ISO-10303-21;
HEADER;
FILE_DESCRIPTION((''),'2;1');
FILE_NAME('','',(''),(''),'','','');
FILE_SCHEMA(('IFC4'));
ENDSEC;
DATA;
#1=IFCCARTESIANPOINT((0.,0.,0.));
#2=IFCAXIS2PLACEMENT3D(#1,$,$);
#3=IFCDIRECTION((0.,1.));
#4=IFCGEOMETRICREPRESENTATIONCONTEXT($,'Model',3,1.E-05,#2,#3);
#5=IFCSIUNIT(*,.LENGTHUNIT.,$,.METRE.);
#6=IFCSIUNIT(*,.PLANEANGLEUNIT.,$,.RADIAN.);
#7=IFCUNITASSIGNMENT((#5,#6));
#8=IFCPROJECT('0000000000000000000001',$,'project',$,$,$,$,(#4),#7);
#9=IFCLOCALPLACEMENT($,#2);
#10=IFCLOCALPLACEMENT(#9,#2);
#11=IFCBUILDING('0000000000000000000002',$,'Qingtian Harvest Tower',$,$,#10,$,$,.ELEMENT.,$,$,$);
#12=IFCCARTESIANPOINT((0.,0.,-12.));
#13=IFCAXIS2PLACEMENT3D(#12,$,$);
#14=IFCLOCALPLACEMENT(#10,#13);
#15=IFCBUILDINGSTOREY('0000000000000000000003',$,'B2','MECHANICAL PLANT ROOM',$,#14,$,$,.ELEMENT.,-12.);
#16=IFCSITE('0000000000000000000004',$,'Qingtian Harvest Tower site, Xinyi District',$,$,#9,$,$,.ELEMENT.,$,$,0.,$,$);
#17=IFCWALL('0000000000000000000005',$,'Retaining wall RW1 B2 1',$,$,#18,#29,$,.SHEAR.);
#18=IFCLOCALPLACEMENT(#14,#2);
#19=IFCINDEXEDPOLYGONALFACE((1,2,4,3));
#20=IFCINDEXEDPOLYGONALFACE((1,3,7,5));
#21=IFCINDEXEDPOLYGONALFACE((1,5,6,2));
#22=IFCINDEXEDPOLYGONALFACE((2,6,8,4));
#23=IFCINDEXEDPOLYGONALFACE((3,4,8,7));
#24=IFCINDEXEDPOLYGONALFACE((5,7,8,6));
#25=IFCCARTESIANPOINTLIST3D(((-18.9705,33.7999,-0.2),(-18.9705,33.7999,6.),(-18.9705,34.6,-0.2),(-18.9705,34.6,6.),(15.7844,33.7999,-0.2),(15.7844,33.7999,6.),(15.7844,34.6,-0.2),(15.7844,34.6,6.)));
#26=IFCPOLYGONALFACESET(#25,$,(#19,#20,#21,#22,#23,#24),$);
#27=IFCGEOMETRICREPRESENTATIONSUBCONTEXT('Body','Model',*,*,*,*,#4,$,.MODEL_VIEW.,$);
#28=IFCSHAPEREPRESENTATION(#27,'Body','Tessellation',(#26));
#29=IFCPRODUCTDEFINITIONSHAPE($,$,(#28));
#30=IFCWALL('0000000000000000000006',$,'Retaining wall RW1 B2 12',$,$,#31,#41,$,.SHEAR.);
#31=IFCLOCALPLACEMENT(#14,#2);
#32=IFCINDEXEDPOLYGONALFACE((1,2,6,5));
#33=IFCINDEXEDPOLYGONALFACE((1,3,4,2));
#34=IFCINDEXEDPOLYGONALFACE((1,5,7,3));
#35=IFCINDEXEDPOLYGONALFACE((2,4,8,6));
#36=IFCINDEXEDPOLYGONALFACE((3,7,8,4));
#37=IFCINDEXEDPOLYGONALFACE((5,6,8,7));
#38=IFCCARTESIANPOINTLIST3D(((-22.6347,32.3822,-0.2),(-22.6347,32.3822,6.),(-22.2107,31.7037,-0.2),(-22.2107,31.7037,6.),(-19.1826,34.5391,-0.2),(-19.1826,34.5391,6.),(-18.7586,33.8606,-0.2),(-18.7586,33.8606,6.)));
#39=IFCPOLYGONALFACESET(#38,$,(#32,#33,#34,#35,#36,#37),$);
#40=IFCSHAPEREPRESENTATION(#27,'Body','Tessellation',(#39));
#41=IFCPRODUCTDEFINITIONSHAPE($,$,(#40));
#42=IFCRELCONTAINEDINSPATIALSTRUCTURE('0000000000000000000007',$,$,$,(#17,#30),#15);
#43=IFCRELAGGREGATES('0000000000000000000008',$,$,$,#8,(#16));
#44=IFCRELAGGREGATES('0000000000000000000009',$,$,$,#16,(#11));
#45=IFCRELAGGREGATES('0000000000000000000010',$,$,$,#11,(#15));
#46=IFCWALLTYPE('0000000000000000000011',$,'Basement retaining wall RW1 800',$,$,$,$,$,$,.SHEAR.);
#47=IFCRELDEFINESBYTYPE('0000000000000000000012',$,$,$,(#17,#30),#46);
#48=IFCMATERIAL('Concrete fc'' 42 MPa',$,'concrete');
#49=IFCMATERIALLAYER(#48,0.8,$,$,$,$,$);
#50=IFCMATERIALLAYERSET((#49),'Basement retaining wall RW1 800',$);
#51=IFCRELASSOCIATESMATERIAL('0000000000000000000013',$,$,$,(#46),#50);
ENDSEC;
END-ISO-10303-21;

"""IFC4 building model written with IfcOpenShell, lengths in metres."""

from ifc_helpers import new_model, si_unit, direction, frame, frame_2d, origin, place, context, subcontext, project, spatial, rectangle, extrude, material, layer, layer_set, type_object, element, save


model = new_model("IFC4")

# Units and contexts
model_context = context("Model", 3, precision=1e-05, world=origin(), true_north=direction((0.0, 1.0)))
body_context = subcontext(model_context, "Body", "Model", "MODEL_VIEW")
ifc_project = project(units=[si_unit("LENGTHUNIT", "METRE"), si_unit("PLANEANGLEUNIT", "RADIAN")], contexts=[model_context])

# Site, building, storey
site_placement = place(None, origin())
site = spatial("IfcSite", under=ifc_project, at=site_placement, Name="Qingtian Harvest Tower site, Xinyi District", CompositionType="ELEMENT", RefElevation=0.0)
building_placement = place(site_placement, origin())
building = spatial("IfcBuilding", under=site, at=building_placement, Name="Qingtian Harvest Tower", CompositionType="ELEMENT")
storey_placement = place(building_placement, frame((0.0, 0.0, -12.0)))
storey = spatial("IfcBuildingStorey", under=building, at=storey_placement, Name="B2", Description="MECHANICAL PLANT ROOM", CompositionType="ELEMENT", Elevation=-12.0)

# Walls
ifc_material_1 = material(Name="Concrete fc' 42 MPa", Category="concrete")
ifc_layer = layer(ifc_material_1, 0.8)
ifc_layer_set = layer_set([ifc_layer], Name="Basement retaining wall RW1 800")
wall_type = type_object("IfcWallType", Name="Basement retaining wall RW1 800", PredefinedType="SHEAR", material=ifc_layer_set)
wall_1_placement = place(storey_placement, frame((-18.9705, 34.2, -0.2), z_axis=(0.0, 0.0, 1.0), x_axis=(1.0, 0.0, 0.0)))
element("IfcWall", 1, at=wall_1_placement, inside=storey, type_object=wall_type, Name="Retaining wall RW1 B2 1", PredefinedType="SHEAR", context=body_context, shape_type="SweptSolid", body=[
    extrude(rectangle(XDim=34.7549, YDim=0.8, at=frame_2d((17.3774, 0.0))), origin(), (0.0, 0.0, 1.0), 6.2),
])
wall_2_placement = place(storey_placement, frame((-22.4226, 32.043, -0.2), z_axis=(0.0, 0.0, 1.0), x_axis=(0.848066, 0.529891, 0.0)))
element("IfcWall", 2, at=wall_2_placement, inside=storey, type_object=wall_type, Name="Retaining wall RW1 B2 12", PredefinedType="SHEAR", context=body_context, shape_type="SweptSolid", body=[
    extrude(rectangle(XDim=4.0706, YDim=0.8, at=frame_2d((2.0352, 0.0))), origin(), (0.0, 0.0, 1.0), 6.2),
])

save(model, "model.ifc")
